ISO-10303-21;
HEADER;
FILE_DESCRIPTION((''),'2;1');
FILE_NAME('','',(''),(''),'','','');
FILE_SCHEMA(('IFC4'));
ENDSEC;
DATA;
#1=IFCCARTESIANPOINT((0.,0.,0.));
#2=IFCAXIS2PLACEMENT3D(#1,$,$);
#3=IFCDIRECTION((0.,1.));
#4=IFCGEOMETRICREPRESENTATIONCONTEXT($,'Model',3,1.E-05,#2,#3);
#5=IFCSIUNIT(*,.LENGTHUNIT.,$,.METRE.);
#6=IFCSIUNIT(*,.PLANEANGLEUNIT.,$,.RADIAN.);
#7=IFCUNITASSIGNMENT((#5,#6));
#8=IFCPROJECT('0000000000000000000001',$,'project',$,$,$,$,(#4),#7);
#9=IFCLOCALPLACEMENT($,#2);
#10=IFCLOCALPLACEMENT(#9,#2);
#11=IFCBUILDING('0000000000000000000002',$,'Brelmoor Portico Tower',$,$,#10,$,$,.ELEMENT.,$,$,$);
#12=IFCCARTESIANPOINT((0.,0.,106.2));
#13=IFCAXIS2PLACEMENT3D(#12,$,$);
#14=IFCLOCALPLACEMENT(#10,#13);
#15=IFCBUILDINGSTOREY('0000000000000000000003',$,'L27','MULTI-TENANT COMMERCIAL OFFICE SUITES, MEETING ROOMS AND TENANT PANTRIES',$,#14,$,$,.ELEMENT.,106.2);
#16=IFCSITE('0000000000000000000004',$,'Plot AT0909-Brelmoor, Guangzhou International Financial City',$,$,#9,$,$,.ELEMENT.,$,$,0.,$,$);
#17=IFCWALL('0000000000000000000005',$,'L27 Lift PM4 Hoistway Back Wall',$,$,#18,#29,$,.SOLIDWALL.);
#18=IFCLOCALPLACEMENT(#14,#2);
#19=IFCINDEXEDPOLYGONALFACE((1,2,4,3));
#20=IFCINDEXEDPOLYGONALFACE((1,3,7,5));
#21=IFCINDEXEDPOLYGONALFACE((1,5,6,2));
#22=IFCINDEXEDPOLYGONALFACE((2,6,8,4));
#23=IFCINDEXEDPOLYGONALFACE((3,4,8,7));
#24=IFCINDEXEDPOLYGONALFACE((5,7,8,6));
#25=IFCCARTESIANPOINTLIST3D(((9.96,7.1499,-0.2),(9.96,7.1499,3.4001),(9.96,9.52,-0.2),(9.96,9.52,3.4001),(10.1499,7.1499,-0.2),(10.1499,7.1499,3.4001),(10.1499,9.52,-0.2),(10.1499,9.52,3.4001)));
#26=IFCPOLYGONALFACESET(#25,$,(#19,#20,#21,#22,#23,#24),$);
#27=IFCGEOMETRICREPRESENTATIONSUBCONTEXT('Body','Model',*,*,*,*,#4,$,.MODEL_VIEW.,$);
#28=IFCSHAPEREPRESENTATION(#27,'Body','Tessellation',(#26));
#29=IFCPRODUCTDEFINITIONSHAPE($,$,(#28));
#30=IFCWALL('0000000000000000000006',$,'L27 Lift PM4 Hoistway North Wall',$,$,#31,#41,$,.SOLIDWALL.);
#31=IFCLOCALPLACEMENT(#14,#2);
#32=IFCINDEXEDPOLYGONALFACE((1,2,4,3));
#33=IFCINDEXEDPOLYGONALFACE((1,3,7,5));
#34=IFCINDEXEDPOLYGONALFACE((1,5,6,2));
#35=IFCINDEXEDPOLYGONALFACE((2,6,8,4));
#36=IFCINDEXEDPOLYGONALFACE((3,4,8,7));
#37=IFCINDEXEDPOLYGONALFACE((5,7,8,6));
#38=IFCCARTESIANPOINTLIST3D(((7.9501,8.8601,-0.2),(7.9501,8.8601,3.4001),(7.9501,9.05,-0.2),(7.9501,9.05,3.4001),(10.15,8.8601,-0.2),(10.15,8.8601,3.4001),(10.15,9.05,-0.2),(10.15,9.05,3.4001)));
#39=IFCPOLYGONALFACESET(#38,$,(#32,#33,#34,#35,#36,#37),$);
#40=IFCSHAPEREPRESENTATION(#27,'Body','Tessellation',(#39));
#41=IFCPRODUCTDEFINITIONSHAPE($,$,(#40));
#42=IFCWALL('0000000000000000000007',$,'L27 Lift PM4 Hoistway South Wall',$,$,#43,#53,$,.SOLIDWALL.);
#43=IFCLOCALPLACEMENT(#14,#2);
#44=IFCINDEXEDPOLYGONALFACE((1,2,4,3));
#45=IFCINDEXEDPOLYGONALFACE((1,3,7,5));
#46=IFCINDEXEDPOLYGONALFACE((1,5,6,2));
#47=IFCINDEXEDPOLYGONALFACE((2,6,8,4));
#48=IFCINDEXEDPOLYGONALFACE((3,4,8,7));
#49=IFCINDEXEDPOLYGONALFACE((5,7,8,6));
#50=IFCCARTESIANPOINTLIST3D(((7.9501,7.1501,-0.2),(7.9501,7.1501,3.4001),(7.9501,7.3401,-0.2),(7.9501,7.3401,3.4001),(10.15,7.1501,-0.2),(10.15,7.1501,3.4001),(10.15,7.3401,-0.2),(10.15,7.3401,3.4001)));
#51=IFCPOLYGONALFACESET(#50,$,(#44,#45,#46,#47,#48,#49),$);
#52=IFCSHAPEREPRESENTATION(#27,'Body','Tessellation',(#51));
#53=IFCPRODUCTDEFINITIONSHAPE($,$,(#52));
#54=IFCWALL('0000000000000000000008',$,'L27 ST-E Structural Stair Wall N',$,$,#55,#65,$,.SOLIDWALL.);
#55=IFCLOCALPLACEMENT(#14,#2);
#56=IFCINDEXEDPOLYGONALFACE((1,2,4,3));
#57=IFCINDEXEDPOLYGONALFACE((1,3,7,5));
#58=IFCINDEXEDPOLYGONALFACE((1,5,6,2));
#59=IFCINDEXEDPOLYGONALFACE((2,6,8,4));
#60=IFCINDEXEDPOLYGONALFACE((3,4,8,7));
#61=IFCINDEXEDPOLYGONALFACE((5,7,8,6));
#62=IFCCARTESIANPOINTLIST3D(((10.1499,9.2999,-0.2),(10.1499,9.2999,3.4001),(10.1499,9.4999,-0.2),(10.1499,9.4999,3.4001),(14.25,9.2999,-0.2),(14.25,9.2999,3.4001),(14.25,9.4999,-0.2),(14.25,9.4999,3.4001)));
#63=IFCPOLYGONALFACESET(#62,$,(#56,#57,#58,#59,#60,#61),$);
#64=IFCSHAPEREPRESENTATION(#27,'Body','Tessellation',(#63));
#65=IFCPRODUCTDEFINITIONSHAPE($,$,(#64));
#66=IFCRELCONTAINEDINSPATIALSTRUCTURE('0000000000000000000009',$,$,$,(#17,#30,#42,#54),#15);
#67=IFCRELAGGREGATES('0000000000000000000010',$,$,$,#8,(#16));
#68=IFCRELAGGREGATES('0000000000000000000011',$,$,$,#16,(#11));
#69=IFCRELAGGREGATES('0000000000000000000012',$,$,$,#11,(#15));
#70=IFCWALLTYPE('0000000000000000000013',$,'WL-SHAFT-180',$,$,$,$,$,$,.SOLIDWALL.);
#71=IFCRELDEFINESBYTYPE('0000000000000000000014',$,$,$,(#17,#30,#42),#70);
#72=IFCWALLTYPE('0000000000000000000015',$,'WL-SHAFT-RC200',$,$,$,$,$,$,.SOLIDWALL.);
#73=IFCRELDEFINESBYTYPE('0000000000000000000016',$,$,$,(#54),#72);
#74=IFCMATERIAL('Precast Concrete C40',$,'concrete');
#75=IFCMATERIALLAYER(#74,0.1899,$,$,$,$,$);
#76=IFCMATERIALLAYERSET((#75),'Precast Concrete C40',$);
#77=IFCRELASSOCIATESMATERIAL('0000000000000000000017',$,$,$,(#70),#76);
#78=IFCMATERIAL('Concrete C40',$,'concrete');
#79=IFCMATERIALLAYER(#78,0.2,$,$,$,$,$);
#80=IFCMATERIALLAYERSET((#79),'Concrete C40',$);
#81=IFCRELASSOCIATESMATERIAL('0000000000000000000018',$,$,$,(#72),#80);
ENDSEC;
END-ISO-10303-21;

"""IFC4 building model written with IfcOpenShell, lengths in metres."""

from ifc_helpers import new_model, si_unit, direction, frame, frame_2d, origin, place, context, subcontext, project, spatial, rectangle, extrude, material, layer, layer_set, type_object, element, save


model = new_model("IFC4")

# Units and contexts
model_context = context("Model", 3, precision=1e-05, world=origin(), true_north=direction((0.0, 1.0)))
body_context = subcontext(model_context, "Body", "Model", "MODEL_VIEW")
ifc_project = project(units=[si_unit("LENGTHUNIT", "METRE"), si_unit("PLANEANGLEUNIT", "RADIAN")], contexts=[model_context])

# Site, building, storey
site_placement = place(None, origin())
site = spatial("IfcSite", under=ifc_project, at=site_placement, Name="Plot AT0909-Brelmoor, Guangzhou International Financial City", CompositionType="ELEMENT", RefElevation=0.0)
building_placement = place(site_placement, origin())
building = spatial("IfcBuilding", under=site, at=building_placement, Name="Brelmoor Portico Tower", CompositionType="ELEMENT")
storey_placement = place(building_placement, frame((0.0, 0.0, 106.2)))
storey = spatial("IfcBuildingStorey", under=building, at=storey_placement, Name="L27", Description="MULTI-TENANT COMMERCIAL OFFICE SUITES, MEETING ROOMS AND TENANT PANTRIES", CompositionType="ELEMENT", Elevation=106.2)

# Shared definitions
ifc_material_1 = material(Name="Precast Concrete C40", Category="concrete")
ifc_layer_1 = layer(ifc_material_1, 0.1899)
ifc_layer_set_1 = layer_set([ifc_layer_1], Name="Precast Concrete C40")
wall_type_1 = type_object("IfcWallType", Name="WL-SHAFT-180", PredefinedType="SOLIDWALL", material=ifc_layer_set_1)

# Walls
wall_1_placement = place(storey_placement, frame((10.0549, 7.1499, -0.2), z_axis=(0.0, 0.0, 1.0), x_axis=(0.0, 1.0, 0.0)))
element("IfcWall", 1, at=wall_1_placement, inside=storey, type_object=wall_type_1, Name="L27 Lift PM4 Hoistway Back Wall", PredefinedType="SOLIDWALL", context=body_context, shape_type="SweptSolid", body=[
    extrude(rectangle(XDim=2.3701, YDim=0.1899, at=frame_2d((1.1851, 0.0))), origin(), (0.0, 0.0, 1.0), 3.6001),
])
for number, where, z_axis, x_axis, name in (
    (2, (7.95, 8.9551, -0.2), (0.0, 0.0, 1.0), (1.0, 0.0, 0.0), "L27 Lift PM4 Hoistway North Wall"),
    (3, (7.95, 7.2451, -0.2), (0.0, 0.0, 1.0), (1.0, 0.0, 0.0), "L27 Lift PM4 Hoistway South Wall"),
):
    element("IfcWall", number, at=place(storey_placement, frame(where, z_axis=z_axis, x_axis=x_axis)), inside=storey, type_object=wall_type_1, Name=name, PredefinedType="SOLIDWALL", context=body_context, shape_type="SweptSolid", body=[
        extrude(rectangle(XDim=2.2, YDim=0.1899, at=frame_2d((1.1001, 0.0))), origin(), (0.0, 0.0, 1.0), 3.6001),
    ])
ifc_material_2 = material(Name="Concrete C40", Category="concrete")
ifc_layer_2 = layer(ifc_material_2, 0.2)
ifc_layer_set_2 = layer_set([ifc_layer_2], Name="Concrete C40")
wall_type_2 = type_object("IfcWallType", Name="WL-SHAFT-RC200", PredefinedType="SOLIDWALL", material=ifc_layer_set_2)
wall_2_placement = place(storey_placement, frame((10.1499, 9.3999, -0.2), z_axis=(0.0, 0.0, 1.0), x_axis=(1.0, 0.0, 0.0)))
element("IfcWall", 4, at=wall_2_placement, inside=storey, type_object=wall_type_2, Name="L27 ST-E Structural Stair Wall N", PredefinedType="SOLIDWALL", context=body_context, shape_type="SweptSolid", body=[
    extrude(rectangle(XDim=4.1001, YDim=0.2, at=frame_2d((2.05, 0.0))), origin(), (0.0, 0.0, 1.0), 3.6001),
])

save(model, "model.ifc")
